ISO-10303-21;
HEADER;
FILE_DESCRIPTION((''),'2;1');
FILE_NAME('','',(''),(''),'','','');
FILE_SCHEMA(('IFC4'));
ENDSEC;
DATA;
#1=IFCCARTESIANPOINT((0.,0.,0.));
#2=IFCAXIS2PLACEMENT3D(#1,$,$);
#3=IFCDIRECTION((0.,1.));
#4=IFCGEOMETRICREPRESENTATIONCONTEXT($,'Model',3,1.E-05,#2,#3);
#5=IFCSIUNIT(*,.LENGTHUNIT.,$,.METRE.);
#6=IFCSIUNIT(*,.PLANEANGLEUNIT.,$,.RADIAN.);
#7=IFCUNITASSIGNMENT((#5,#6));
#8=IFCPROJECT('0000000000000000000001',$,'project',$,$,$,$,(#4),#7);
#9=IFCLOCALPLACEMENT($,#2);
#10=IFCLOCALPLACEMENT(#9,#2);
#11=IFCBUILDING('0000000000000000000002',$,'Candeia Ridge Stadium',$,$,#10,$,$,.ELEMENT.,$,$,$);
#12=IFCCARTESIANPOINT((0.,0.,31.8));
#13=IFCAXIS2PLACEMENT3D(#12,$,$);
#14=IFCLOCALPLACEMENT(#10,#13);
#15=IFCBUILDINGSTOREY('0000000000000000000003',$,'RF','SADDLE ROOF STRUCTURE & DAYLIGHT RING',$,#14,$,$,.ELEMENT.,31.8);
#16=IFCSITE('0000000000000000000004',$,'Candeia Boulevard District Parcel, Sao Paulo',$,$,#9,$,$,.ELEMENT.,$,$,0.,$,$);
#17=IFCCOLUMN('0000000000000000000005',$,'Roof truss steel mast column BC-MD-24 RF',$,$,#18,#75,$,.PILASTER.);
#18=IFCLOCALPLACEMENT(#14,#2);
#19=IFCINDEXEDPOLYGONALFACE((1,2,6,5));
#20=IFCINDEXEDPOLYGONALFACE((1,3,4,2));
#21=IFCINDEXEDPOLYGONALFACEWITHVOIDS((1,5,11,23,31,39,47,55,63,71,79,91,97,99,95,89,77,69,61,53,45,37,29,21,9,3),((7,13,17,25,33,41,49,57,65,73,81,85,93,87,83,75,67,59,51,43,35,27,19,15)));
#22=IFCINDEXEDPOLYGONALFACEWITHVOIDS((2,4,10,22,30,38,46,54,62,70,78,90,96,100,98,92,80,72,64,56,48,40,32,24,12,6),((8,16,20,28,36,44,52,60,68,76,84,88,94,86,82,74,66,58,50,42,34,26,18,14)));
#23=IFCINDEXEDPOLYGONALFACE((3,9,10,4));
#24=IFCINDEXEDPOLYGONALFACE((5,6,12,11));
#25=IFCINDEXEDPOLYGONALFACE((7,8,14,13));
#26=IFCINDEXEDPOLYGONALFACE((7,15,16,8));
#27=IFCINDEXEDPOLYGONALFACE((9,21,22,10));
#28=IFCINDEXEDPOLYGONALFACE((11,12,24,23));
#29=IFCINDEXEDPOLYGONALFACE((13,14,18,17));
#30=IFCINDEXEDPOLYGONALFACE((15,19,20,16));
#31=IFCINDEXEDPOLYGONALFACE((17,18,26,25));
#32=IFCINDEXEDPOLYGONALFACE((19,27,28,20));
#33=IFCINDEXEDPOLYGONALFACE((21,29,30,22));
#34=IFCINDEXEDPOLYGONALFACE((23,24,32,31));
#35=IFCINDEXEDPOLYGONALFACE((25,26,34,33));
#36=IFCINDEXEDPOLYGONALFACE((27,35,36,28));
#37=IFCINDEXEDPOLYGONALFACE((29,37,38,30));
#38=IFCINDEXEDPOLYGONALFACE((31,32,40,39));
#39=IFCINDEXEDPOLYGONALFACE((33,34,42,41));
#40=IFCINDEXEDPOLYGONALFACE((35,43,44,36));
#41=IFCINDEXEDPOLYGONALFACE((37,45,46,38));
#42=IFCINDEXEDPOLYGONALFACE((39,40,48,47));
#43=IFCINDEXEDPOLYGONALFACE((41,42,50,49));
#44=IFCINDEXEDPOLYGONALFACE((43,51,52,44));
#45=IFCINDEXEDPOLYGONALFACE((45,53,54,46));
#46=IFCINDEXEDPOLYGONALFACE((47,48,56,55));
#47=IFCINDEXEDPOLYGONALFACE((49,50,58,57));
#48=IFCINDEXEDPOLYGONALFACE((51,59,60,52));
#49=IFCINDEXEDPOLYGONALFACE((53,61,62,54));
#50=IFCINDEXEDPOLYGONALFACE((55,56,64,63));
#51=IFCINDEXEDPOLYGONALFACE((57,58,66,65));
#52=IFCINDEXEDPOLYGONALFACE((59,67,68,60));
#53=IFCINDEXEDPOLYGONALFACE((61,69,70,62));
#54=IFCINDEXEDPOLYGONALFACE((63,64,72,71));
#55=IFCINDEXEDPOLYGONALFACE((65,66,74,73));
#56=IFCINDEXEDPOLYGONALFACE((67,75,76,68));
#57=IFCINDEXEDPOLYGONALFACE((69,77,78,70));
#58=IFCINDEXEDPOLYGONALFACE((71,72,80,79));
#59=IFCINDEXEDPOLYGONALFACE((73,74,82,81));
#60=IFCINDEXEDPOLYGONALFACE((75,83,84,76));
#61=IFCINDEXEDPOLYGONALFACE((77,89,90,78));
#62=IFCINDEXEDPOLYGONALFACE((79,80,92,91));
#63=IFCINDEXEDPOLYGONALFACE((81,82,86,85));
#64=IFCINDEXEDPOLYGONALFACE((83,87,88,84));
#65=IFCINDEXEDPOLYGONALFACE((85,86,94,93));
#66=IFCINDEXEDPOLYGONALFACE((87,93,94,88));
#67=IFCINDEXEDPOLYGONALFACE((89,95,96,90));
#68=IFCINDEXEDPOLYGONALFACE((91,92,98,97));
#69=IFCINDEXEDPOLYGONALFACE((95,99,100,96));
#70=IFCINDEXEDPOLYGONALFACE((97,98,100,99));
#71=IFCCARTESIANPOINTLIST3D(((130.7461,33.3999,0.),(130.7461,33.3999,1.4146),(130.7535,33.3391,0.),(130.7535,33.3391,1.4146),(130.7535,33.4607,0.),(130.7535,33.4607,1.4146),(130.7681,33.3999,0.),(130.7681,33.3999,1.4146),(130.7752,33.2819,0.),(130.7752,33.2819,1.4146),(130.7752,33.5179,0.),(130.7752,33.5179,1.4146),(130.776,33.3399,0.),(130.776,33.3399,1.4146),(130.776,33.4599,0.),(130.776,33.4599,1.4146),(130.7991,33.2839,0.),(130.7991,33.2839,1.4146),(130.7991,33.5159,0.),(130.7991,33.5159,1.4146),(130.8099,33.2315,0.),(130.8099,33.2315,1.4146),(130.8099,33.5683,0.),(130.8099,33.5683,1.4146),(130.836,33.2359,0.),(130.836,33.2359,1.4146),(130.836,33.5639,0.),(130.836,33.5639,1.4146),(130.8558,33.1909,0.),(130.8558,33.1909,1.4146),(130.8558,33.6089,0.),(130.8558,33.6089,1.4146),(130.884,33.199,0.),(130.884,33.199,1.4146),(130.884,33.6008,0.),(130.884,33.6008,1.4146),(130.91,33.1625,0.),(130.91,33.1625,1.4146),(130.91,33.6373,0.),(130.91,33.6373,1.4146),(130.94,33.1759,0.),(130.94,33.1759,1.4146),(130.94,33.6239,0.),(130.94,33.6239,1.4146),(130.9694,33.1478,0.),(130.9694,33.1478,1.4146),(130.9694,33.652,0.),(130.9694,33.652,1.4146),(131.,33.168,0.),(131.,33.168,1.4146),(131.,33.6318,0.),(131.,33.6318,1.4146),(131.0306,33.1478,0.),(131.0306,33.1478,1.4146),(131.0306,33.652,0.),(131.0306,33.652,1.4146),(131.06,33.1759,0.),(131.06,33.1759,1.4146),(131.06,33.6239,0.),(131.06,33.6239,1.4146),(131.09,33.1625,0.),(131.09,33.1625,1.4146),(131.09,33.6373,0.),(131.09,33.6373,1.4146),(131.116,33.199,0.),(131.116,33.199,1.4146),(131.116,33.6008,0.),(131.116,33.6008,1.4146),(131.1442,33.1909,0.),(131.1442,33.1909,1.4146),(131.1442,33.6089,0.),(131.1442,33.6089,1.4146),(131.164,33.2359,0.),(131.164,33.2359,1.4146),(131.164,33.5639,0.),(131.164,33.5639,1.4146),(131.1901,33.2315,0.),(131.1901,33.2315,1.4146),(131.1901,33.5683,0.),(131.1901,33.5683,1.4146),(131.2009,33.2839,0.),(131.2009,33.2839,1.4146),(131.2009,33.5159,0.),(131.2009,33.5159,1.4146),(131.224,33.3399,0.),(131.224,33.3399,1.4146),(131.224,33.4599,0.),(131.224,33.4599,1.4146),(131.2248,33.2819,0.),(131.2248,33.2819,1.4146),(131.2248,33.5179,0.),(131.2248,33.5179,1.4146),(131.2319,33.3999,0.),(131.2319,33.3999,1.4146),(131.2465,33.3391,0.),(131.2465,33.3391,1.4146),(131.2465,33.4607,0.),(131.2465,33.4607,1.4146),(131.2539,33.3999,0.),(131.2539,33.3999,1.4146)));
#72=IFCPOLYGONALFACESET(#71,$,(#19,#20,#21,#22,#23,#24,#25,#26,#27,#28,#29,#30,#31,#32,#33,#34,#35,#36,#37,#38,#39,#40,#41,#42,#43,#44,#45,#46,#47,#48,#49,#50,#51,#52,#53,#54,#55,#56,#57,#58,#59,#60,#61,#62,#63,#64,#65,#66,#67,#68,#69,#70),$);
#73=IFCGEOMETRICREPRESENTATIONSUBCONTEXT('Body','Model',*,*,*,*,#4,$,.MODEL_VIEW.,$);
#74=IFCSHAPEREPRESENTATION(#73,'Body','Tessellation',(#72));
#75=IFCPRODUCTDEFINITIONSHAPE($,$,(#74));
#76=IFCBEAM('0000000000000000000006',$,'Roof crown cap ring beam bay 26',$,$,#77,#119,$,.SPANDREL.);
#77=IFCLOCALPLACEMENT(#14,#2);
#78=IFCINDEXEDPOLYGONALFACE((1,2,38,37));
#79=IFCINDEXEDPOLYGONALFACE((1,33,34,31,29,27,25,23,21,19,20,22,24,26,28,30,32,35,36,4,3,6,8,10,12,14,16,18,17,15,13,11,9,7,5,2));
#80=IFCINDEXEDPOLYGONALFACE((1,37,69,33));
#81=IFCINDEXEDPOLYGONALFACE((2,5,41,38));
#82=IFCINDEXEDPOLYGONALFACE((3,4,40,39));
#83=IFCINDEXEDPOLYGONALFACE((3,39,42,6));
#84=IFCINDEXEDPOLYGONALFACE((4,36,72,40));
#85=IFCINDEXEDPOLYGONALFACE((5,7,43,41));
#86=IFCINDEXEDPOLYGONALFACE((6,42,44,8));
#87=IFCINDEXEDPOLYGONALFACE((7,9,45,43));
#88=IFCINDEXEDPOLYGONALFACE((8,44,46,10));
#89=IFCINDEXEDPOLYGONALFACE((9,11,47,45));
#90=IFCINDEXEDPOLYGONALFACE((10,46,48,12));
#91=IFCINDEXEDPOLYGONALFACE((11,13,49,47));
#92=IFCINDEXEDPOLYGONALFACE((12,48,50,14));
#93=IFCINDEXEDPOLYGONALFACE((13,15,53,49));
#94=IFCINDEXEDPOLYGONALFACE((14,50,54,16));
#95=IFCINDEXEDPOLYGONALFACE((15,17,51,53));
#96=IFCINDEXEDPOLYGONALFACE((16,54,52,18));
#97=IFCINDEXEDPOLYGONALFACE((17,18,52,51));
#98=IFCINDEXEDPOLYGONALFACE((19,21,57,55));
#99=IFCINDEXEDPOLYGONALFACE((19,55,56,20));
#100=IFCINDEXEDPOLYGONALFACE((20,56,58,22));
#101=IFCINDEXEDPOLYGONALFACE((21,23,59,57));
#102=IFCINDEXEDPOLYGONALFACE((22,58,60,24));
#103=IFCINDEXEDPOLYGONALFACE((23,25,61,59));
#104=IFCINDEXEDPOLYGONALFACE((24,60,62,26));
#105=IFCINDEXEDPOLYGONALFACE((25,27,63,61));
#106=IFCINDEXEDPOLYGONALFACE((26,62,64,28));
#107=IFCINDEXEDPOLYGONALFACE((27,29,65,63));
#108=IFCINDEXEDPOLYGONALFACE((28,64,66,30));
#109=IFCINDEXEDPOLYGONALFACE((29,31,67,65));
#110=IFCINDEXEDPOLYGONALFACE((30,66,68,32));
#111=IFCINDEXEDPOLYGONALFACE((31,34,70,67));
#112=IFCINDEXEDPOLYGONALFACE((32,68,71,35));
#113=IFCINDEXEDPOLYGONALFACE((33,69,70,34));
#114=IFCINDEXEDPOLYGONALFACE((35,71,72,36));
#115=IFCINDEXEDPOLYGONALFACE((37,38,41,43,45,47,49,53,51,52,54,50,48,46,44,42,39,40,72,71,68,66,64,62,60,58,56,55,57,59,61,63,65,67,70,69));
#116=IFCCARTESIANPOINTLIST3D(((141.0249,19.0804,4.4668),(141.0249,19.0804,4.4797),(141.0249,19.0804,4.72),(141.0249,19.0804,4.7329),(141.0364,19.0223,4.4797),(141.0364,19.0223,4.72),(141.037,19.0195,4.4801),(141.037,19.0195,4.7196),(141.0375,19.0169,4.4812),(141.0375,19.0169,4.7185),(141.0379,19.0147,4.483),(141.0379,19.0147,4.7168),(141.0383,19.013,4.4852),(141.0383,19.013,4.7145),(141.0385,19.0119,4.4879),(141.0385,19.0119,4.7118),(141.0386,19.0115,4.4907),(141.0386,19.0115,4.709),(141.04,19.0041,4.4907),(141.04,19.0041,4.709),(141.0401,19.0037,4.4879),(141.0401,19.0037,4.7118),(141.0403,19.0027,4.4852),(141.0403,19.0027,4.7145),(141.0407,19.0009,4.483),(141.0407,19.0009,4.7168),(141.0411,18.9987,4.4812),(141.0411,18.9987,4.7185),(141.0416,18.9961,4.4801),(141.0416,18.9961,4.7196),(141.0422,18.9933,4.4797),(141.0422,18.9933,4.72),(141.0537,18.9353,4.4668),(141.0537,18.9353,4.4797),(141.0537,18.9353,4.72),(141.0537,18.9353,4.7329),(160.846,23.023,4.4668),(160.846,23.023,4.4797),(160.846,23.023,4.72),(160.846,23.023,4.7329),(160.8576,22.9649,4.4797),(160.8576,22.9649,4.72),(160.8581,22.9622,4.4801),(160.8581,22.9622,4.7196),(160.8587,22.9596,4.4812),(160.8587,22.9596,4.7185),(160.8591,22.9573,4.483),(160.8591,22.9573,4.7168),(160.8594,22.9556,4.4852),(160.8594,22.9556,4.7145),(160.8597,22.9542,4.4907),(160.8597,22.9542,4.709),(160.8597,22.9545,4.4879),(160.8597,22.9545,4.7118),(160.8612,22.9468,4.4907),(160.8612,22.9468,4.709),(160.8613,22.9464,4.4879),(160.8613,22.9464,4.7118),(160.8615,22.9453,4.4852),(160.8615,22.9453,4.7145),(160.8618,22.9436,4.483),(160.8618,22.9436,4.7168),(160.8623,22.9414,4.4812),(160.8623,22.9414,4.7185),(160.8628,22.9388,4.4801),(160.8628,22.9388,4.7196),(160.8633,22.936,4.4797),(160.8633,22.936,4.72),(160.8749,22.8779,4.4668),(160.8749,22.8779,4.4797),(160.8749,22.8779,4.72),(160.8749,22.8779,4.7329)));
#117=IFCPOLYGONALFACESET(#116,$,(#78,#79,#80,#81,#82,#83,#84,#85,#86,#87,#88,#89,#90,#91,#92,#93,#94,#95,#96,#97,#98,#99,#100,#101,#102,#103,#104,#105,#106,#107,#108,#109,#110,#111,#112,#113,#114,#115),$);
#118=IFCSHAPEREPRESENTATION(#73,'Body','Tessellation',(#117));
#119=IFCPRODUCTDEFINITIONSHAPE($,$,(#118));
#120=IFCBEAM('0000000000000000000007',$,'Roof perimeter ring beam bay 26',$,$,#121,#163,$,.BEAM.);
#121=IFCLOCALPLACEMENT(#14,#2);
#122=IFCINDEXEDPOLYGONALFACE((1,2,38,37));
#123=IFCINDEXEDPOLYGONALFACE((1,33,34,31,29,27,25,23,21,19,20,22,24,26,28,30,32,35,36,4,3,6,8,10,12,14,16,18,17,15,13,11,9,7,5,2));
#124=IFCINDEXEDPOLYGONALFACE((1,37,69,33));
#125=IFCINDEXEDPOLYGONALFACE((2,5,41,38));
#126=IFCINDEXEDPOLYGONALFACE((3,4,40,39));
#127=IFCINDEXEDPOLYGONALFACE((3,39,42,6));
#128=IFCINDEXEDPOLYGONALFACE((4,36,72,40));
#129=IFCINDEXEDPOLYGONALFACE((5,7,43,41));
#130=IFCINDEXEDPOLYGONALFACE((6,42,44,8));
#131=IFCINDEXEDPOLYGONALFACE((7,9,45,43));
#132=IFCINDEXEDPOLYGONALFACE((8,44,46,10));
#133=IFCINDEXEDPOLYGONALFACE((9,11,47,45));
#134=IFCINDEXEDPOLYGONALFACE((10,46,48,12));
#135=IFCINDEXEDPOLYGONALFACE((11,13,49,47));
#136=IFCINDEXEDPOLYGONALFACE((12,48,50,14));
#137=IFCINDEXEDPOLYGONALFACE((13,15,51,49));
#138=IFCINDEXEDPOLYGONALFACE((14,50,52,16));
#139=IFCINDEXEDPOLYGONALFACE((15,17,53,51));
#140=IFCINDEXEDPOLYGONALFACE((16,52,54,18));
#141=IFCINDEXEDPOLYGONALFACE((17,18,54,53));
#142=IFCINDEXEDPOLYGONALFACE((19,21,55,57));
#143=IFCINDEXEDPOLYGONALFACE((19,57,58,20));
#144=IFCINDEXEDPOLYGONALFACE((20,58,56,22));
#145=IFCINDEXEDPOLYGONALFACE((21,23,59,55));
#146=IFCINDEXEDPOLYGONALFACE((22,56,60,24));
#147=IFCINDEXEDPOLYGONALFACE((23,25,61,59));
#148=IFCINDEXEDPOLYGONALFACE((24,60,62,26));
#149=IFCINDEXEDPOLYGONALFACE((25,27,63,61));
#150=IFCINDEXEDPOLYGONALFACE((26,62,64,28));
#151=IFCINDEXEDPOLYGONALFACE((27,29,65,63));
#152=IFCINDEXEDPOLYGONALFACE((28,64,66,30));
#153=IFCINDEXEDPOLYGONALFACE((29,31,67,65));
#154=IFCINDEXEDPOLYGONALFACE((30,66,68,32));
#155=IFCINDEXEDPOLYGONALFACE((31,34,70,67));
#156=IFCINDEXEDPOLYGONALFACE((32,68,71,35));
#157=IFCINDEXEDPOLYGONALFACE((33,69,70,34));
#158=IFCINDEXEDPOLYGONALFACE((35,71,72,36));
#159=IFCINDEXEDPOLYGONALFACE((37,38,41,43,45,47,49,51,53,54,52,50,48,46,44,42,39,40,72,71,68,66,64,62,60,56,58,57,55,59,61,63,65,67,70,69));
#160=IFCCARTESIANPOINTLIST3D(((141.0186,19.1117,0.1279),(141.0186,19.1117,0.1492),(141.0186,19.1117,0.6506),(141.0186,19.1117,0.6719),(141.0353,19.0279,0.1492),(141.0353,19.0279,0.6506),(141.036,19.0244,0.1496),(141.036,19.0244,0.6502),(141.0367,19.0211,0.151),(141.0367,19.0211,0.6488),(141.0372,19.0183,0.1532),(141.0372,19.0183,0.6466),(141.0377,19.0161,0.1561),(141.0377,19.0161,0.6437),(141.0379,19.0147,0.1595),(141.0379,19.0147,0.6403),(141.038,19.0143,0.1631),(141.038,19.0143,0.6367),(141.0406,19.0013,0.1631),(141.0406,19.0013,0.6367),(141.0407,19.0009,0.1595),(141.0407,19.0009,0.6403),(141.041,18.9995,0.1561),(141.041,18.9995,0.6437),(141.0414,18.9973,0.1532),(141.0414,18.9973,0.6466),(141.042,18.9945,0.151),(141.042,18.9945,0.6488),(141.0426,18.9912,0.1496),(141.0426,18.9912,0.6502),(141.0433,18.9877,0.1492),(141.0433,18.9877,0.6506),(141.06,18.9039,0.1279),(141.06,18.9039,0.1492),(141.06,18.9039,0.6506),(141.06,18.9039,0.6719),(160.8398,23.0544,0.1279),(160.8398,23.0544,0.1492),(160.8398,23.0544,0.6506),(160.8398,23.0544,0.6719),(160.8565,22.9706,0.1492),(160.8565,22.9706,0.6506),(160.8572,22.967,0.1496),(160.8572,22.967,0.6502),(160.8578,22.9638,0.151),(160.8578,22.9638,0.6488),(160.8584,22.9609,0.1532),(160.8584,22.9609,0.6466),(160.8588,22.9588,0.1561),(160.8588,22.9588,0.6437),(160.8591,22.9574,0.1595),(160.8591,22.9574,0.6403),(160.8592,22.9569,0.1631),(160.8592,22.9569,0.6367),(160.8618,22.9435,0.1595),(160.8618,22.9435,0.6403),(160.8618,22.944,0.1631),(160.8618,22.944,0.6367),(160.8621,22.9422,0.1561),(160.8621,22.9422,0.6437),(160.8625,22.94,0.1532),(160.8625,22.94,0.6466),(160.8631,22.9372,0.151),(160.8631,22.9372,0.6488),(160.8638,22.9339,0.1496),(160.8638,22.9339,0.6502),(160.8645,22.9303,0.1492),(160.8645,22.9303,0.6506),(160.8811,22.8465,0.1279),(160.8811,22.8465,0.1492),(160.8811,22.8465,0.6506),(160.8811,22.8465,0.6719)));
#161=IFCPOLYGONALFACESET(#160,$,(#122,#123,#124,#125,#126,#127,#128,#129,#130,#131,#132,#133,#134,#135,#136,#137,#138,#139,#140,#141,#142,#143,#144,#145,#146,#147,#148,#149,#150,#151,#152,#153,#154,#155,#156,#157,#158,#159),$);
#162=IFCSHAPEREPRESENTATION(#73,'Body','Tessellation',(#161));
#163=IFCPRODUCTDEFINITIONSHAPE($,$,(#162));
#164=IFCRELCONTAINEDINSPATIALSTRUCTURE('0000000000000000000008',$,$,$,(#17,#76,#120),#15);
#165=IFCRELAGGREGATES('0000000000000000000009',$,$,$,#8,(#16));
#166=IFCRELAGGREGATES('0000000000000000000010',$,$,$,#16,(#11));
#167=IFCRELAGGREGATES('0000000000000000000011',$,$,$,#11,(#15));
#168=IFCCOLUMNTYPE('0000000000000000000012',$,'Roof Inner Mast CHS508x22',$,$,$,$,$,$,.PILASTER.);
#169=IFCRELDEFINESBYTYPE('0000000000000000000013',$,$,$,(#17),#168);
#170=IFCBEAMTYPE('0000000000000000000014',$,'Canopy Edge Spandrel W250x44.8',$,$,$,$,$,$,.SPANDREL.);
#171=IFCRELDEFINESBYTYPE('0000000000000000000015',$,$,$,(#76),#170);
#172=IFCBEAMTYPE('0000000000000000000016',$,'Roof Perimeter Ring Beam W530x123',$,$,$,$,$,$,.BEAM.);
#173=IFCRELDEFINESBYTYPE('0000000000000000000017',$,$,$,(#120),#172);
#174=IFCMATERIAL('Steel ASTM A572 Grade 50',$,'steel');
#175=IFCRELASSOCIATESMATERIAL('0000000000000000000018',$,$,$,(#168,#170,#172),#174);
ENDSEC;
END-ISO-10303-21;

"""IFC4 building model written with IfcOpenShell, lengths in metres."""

from ifc_helpers import new_model, si_unit, direction, frame, origin, origin_2d, place, context, subcontext, project, spatial, hollow_circle, i_section, extrude, material, material_profile, profile_set, type_object, element, save


model = new_model("IFC4")

# Units and contexts
model_context = context("Model", 3, precision=1e-05, world=origin(), true_north=direction((0.0, 1.0)))
body_context = subcontext(model_context, "Body", "Model", "MODEL_VIEW")
ifc_project = project(units=[si_unit("LENGTHUNIT", "METRE"), si_unit("PLANEANGLEUNIT", "RADIAN")], contexts=[model_context])

# Site, building, storey
site_placement = place(None, origin())
site = spatial("IfcSite", under=ifc_project, at=site_placement, Name="Candeia Boulevard District Parcel, Sao Paulo", CompositionType="ELEMENT", RefElevation=0.0)
building_placement = place(site_placement, origin())
building = spatial("IfcBuilding", under=site, at=building_placement, Name="Candeia Ridge Stadium", CompositionType="ELEMENT")
storey_placement = place(building_placement, frame((0.0, 0.0, 31.8)))
storey = spatial("IfcBuildingStorey", under=building, at=storey_placement, Name="RF", Description="SADDLE ROOF STRUCTURE & DAYLIGHT RING", CompositionType="ELEMENT", Elevation=31.8)

# Column
ifc_material_1 = material(Name="Steel ASTM A572 Grade 50", Category="steel")
ifc_material_profile_1 = material_profile(ifc_material_1, hollow_circle(Radius=0.2539, WallThickness=0.022, at=origin_2d()), Name="CHS508x22", Category="steel")
ifc_profile_set_1 = profile_set([ifc_material_profile_1], Name="Steel ASTM A572 Grade 50")
column_type = type_object("IfcColumnType", Name="Roof Inner Mast CHS508x22", PredefinedType="PILASTER", material=ifc_profile_set_1)
column_placement = place(storey_placement, frame((131.0, 33.3999, 0.0), z_axis=(0.0, 0.0, 1.0), x_axis=(1.0, 0.0, 0.0)))
element("IfcColumn", 1, at=column_placement, inside=storey, type_object=column_type, Name="Roof truss steel mast column BC-MD-24 RF", PredefinedType="PILASTER", context=body_context, shape_type="SweptSolid", body=[
    extrude(hollow_circle(Radius=0.2539, WallThickness=0.022, at=origin_2d()), origin(), (0.0, 0.0, 1.0), 1.4146),
])

# Beams
ifc_material_profile_2 = material_profile(ifc_material_1, i_section(OverallWidth=0.1479, OverallDepth=0.2661, WebThickness=0.0076, FlangeThickness=0.0129, FilletRadius=0.011, at=origin_2d()), Name="W250x44.8", Category="steel")
ifc_profile_set_2 = profile_set([ifc_material_profile_2], Name="Steel ASTM A572 Grade 50")
beam_type_1 = type_object("IfcBeamType", Name="Canopy Edge Spandrel W250x44.8", PredefinedType="SPANDREL", material=ifc_profile_set_2)
beam_1_placement = place(storey_placement, frame((141.0393, 19.0078, 4.5999), z_axis=(0.980786, 0.195089, 0.0), x_axis=(-0.195089, 0.980786, 0.0)))
element("IfcBeam", 2, at=beam_1_placement, inside=storey, type_object=beam_type_1, Name="Roof crown cap ring beam bay 26", PredefinedType="SPANDREL", context=body_context, shape_type="SweptSolid", body=[
    extrude(i_section(OverallWidth=0.1479, OverallDepth=0.2661, WebThickness=0.0076, FlangeThickness=0.0129, FilletRadius=0.011, at=origin_2d()), origin(), (0.0, 0.0, 1.0), 20.2095),
])
ifc_material_profile_3 = material_profile(ifc_material_1, i_section(OverallWidth=0.2119, OverallDepth=0.5439, WebThickness=0.0132, FlangeThickness=0.0212, FilletRadius=0.0139, at=origin_2d()), Name="W530x123", Category="steel")
ifc_profile_set_3 = profile_set([ifc_material_profile_3], Name="Steel ASTM A572 Grade 50")
beam_type_2 = type_object("IfcBeamType", Name="Roof Perimeter Ring Beam W530x123", PredefinedType="BEAM", material=ifc_profile_set_3)
beam_2_placement = place(storey_placement, frame((141.0393, 19.0078, 0.3999), z_axis=(0.980786, 0.195089, 0.0), x_axis=(-0.195089, 0.980786, 0.0)))
element("IfcBeam", 3, at=beam_2_placement, inside=storey, type_object=beam_type_2, Name="Roof perimeter ring beam bay 26", PredefinedType="BEAM", context=body_context, shape_type="SweptSolid", body=[
    extrude(i_section(OverallWidth=0.2119, OverallDepth=0.5439, WebThickness=0.0132, FlangeThickness=0.0212, FilletRadius=0.0139, at=origin_2d()), origin(), (0.0, 0.0, 1.0), 20.2095),
])

save(model, "model.ifc")
